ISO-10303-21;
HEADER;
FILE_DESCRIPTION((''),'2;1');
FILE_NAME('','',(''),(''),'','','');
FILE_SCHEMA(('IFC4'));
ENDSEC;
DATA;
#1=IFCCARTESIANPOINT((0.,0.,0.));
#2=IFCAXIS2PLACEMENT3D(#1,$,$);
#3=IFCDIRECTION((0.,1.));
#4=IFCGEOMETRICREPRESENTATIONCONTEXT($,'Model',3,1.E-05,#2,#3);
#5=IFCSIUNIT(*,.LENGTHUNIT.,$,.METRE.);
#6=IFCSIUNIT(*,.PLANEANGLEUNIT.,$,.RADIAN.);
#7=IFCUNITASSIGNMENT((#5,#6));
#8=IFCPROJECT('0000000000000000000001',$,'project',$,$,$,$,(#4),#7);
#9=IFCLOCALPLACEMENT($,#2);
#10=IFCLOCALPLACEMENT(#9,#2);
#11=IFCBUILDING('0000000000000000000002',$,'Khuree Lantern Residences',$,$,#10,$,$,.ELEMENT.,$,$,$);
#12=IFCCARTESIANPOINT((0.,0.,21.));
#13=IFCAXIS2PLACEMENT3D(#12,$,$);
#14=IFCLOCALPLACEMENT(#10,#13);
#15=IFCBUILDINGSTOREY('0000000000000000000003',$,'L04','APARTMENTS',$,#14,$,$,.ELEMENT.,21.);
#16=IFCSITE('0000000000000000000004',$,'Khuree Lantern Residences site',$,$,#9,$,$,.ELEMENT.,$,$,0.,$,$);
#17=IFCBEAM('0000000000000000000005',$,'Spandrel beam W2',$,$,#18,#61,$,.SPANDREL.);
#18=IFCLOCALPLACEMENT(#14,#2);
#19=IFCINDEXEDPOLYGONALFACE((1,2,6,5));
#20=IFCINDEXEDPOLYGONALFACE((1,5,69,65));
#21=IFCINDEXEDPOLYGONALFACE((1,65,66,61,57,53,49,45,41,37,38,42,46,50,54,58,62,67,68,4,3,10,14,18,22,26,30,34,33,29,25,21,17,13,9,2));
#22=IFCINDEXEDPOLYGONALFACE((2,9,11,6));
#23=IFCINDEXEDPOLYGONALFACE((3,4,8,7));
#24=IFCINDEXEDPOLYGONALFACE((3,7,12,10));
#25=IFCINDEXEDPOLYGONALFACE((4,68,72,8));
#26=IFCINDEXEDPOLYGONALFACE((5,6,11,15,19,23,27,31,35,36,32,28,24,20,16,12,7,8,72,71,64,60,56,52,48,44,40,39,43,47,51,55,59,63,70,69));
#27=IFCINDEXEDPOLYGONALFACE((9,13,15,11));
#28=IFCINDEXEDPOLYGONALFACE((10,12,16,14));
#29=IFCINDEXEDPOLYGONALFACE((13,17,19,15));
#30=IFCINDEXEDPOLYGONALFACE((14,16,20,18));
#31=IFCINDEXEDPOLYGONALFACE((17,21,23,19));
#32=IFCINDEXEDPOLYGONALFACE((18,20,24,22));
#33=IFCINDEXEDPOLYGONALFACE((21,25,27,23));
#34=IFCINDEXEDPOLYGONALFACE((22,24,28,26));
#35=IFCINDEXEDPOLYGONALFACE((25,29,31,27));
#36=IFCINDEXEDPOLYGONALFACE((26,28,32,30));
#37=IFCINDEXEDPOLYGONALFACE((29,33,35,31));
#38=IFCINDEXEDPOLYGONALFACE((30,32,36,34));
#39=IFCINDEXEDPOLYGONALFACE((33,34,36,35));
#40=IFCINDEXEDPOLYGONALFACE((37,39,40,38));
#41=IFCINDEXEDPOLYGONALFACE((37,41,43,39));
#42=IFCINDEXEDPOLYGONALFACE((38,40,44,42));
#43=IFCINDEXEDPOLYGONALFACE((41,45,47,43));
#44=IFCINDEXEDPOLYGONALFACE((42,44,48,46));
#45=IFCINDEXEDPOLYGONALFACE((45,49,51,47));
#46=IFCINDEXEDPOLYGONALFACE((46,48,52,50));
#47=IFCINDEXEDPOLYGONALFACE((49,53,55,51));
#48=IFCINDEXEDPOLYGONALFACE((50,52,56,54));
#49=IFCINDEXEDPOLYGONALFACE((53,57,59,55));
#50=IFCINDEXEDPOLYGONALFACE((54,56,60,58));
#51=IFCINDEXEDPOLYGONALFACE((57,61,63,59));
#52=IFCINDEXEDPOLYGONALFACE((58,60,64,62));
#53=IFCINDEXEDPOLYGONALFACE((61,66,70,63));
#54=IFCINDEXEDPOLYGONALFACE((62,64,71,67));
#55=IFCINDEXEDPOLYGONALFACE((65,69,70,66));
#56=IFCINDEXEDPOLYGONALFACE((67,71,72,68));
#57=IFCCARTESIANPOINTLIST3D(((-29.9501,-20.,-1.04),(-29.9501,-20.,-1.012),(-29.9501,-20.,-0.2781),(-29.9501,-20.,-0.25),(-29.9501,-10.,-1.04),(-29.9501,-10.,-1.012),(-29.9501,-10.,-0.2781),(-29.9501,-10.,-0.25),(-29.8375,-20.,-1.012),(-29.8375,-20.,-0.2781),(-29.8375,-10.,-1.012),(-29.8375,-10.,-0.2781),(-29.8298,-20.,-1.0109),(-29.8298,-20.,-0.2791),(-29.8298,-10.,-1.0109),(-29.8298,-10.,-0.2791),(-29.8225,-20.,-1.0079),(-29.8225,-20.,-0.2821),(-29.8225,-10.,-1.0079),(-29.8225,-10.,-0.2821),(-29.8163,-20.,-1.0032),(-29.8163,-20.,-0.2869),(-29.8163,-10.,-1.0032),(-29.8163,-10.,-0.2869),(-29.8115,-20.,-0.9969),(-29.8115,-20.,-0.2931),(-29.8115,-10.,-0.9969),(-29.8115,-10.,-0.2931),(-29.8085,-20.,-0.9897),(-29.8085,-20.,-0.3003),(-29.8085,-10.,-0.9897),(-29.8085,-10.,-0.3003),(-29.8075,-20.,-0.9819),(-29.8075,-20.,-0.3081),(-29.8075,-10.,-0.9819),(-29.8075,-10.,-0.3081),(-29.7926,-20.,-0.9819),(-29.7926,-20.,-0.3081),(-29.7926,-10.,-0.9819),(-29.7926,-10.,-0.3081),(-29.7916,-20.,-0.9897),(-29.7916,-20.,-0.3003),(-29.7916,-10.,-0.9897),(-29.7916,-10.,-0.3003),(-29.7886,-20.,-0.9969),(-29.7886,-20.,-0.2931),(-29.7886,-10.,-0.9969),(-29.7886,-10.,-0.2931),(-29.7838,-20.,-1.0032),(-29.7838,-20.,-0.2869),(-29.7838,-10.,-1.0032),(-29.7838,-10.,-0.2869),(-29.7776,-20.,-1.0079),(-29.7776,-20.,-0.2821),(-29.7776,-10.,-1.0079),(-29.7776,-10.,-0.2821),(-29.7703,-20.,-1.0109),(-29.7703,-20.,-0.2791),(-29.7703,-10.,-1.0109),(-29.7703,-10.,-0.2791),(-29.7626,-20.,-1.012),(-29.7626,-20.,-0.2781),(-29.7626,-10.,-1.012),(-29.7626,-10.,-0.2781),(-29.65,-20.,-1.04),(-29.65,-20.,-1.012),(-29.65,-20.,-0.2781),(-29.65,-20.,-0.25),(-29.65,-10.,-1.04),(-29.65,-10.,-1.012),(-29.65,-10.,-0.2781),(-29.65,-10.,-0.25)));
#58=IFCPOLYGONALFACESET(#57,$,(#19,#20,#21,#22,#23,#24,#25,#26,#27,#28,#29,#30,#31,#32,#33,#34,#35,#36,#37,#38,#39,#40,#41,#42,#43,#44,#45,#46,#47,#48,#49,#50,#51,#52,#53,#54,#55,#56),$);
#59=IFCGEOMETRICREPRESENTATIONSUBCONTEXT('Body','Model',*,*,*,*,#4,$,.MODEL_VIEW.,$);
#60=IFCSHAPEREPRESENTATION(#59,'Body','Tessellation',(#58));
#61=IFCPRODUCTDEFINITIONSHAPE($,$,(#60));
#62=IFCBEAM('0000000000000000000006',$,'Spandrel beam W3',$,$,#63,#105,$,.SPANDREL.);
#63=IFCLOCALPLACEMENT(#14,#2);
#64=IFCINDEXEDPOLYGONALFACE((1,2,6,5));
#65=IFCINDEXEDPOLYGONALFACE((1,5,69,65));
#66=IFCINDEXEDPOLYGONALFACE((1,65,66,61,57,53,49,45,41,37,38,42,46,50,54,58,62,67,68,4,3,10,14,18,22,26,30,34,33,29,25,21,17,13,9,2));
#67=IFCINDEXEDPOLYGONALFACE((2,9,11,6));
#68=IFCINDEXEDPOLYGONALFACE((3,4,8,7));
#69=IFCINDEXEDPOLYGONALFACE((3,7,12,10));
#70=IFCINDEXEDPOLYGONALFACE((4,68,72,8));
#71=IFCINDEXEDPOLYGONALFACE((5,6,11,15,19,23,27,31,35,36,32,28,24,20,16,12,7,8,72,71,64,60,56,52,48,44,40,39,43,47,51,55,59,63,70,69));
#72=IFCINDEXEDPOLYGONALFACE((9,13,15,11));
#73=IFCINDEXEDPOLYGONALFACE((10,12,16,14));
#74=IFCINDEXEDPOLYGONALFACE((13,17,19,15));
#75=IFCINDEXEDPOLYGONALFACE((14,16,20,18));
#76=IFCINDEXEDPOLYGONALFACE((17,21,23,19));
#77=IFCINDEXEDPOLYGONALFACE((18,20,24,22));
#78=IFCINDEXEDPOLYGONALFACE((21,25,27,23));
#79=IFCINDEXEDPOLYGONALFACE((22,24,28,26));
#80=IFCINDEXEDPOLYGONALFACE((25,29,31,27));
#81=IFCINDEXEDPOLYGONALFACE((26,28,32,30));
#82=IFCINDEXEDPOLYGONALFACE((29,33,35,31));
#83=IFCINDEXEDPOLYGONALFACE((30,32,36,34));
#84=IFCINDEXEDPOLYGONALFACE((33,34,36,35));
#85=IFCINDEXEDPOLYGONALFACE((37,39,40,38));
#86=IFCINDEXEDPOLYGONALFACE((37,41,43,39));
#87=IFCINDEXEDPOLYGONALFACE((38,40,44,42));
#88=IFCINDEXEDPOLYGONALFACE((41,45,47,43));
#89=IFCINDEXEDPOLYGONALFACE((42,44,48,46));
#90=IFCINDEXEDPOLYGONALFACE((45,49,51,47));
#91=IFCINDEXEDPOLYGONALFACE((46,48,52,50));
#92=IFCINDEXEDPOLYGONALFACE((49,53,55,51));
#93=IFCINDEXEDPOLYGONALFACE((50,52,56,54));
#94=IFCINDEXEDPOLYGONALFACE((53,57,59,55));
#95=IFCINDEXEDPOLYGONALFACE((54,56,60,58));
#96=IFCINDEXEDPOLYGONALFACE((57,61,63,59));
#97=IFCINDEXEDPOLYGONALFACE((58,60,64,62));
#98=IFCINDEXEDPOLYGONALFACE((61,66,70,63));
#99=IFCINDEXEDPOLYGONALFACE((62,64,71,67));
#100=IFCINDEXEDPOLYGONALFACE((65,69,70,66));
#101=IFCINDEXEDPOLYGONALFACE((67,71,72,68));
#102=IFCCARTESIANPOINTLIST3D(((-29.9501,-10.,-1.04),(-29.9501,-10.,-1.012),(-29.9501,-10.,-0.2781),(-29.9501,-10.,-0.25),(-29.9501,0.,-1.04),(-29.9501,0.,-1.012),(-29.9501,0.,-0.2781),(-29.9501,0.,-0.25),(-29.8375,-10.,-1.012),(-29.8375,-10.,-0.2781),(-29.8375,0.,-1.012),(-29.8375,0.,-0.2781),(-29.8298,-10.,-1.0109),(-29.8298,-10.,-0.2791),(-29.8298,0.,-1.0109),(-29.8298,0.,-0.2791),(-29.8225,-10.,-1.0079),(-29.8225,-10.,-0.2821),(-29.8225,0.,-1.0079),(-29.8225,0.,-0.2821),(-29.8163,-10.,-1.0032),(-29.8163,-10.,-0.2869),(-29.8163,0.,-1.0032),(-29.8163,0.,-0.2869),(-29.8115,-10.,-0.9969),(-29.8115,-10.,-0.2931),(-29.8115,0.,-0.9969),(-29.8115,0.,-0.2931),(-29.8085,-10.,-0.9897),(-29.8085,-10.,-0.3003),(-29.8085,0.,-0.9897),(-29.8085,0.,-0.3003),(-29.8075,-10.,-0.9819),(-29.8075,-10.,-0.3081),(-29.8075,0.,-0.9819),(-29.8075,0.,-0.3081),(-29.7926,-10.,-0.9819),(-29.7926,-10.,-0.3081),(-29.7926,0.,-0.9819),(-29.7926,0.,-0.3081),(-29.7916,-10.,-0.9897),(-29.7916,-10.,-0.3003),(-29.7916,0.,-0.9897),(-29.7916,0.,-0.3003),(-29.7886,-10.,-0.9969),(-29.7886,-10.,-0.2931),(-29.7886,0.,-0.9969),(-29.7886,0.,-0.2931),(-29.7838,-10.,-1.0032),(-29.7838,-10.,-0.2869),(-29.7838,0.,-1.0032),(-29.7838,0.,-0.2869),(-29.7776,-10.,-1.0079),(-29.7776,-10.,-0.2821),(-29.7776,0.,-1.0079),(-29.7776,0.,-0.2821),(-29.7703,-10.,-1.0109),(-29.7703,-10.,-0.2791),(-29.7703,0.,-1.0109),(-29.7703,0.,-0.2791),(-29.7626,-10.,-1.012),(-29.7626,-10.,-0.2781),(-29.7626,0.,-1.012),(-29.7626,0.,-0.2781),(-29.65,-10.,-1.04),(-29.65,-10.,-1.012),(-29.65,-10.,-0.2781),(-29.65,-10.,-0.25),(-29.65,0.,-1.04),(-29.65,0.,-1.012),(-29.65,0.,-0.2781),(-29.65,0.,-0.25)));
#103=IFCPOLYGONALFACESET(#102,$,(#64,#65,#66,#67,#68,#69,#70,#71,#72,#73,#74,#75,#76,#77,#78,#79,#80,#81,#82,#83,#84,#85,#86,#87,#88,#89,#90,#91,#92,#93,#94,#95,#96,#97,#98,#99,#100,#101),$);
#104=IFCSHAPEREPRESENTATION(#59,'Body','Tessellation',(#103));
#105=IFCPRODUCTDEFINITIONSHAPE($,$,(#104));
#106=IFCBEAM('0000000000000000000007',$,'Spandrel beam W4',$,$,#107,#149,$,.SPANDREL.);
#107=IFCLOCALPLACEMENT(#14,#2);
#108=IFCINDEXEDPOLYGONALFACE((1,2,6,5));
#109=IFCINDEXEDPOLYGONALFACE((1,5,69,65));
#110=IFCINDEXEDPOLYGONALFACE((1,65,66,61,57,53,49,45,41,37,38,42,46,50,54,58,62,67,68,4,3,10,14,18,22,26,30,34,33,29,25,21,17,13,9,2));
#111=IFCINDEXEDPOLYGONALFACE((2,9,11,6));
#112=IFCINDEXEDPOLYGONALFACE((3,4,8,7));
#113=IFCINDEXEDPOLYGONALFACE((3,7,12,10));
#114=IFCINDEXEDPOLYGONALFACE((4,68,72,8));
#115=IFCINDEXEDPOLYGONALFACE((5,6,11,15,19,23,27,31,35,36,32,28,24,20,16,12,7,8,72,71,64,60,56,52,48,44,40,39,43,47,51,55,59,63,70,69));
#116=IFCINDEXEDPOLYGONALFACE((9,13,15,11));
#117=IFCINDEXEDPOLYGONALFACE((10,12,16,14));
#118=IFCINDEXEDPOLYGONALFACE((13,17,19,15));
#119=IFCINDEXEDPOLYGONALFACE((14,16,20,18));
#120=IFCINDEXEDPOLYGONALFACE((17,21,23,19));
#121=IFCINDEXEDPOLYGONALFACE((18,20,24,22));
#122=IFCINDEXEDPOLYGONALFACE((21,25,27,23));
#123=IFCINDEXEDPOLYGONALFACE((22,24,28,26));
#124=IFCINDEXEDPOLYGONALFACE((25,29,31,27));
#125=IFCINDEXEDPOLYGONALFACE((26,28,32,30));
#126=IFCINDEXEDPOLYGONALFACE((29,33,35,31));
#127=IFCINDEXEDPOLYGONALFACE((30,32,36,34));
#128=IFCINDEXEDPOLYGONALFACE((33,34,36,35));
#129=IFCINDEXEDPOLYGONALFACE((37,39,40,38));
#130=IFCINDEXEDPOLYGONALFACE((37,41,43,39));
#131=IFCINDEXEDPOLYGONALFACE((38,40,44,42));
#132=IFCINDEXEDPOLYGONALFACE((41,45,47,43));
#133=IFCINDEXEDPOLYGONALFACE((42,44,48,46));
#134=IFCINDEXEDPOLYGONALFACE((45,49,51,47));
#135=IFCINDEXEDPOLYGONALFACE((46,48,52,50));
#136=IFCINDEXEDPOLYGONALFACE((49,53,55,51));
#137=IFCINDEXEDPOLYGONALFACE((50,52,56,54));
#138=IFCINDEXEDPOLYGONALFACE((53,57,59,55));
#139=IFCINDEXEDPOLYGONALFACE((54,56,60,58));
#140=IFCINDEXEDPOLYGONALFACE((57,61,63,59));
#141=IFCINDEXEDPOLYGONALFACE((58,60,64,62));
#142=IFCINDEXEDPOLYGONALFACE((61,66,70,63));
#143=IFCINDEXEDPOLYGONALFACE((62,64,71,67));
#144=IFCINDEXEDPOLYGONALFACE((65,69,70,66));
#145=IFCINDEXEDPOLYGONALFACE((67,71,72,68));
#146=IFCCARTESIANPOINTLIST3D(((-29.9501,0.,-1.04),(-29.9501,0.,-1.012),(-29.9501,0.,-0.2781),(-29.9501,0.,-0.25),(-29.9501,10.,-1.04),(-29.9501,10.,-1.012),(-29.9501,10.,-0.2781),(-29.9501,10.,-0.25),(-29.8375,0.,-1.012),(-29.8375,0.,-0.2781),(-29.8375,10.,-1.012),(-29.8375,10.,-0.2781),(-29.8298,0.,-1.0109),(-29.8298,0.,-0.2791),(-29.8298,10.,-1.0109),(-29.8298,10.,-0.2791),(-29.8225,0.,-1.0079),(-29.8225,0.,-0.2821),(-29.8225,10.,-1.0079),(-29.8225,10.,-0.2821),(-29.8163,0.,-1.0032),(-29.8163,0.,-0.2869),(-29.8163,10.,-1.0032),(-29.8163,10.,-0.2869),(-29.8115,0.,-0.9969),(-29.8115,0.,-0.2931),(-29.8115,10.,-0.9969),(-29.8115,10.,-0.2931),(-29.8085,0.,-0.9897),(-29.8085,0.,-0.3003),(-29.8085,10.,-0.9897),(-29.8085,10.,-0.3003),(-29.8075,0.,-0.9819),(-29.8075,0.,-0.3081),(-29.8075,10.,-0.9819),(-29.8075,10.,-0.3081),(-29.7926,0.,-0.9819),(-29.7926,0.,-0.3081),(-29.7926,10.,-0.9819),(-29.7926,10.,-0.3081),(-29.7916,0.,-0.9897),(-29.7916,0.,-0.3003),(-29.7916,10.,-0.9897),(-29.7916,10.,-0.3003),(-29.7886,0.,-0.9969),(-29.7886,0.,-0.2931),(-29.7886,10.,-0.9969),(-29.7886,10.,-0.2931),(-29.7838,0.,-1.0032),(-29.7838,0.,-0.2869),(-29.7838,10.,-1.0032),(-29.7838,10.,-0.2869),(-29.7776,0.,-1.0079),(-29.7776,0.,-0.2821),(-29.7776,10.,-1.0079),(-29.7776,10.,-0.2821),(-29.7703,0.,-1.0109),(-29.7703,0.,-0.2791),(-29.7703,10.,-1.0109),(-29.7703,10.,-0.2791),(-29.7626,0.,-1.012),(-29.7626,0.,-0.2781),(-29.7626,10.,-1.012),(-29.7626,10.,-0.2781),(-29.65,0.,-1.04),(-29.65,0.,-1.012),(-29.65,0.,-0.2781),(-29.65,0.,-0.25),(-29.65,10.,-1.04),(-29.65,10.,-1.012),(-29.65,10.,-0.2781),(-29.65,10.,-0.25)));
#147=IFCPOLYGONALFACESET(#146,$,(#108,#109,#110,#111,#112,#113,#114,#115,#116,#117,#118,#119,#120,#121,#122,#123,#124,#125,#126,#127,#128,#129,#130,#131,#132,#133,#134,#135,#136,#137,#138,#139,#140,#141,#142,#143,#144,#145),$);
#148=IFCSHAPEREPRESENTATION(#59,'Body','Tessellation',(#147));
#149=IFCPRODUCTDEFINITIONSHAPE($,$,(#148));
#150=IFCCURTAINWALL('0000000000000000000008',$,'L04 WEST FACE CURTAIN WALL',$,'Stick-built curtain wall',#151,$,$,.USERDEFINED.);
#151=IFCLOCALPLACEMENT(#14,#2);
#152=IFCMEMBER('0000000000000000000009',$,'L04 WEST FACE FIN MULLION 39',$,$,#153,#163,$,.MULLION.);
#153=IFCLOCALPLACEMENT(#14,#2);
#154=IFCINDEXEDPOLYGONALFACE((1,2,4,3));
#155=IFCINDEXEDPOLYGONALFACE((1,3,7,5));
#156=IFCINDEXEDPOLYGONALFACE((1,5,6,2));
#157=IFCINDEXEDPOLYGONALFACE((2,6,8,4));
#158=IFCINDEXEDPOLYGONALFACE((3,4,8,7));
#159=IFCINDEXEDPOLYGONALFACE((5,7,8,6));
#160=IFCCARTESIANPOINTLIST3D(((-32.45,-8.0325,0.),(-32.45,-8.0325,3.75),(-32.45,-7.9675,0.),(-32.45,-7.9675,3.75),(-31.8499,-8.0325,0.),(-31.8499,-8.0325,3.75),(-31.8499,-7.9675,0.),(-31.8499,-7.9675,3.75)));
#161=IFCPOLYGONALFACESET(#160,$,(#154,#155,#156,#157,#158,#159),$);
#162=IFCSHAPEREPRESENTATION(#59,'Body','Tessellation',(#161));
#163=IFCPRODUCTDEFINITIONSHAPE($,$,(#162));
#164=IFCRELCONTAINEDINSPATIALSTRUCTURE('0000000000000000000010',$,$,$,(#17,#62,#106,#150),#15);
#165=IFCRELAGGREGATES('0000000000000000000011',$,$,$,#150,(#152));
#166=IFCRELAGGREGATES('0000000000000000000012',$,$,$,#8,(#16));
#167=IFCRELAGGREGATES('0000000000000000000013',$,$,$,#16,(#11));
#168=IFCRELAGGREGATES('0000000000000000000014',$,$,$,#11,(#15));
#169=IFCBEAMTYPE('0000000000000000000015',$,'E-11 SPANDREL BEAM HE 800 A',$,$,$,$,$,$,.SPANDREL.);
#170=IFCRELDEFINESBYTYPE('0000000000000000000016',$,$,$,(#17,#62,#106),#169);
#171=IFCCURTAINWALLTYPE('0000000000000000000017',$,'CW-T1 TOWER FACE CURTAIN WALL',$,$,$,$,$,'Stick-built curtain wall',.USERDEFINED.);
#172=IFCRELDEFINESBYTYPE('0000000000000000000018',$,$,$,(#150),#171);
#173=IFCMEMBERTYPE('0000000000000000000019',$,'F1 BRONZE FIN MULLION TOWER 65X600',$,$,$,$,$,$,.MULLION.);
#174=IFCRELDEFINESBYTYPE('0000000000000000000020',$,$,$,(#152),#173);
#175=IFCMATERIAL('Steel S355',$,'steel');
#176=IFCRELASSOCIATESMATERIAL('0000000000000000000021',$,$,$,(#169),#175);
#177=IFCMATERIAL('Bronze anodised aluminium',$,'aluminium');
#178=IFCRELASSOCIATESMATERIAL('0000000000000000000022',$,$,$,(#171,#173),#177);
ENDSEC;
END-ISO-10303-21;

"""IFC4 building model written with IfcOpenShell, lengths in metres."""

from ifc_helpers import new_model, si_unit, direction, frame, origin, origin_2d, place, context, subcontext, project, spatial, rectangle, i_section, extrude, material, material_profile, profile_set, type_object, element, aggregate, save


model = new_model("IFC4")

# Units and contexts
model_context = context("Model", 3, precision=1e-05, world=origin(), true_north=direction((0.0, 1.0)))
body_context = subcontext(model_context, "Body", "Model", "MODEL_VIEW")
ifc_project = project(units=[si_unit("LENGTHUNIT", "METRE"), si_unit("PLANEANGLEUNIT", "RADIAN")], contexts=[model_context])

# Site, building, storey
site_placement = place(None, origin())
site = spatial("IfcSite", under=ifc_project, at=site_placement, Name="Khuree Lantern Residences site", CompositionType="ELEMENT", RefElevation=0.0)
building_placement = place(site_placement, origin())
building = spatial("IfcBuilding", under=site, at=building_placement, Name="Khuree Lantern Residences", CompositionType="ELEMENT")
storey_placement = place(building_placement, frame((0.0, 0.0, 21.0)))
storey = spatial("IfcBuildingStorey", under=building, at=storey_placement, Name="L04", Description="APARTMENTS", CompositionType="ELEMENT", Elevation=21.0)

# Beams
ifc_material_1 = material(Name="Steel S355", Category="steel")
ifc_material_profile_1 = material_profile(ifc_material_1, i_section(OverallWidth=0.3, OverallDepth=0.79, WebThickness=0.0149, FlangeThickness=0.0281, FilletRadius=0.03, at=origin_2d()), Name="HE 800 A")
ifc_profile_set_1 = profile_set([ifc_material_profile_1], Name="Steel S355")
beam_type_1 = type_object("IfcBeamType", Name="E-11 SPANDREL BEAM HE 800 A", PredefinedType="SPANDREL", material=ifc_profile_set_1)
for number, where, z_axis, x_axis, name in (
    (1, (-29.8, -20.0, -0.645), (0.0, 1.0, 0.0), (-1.0, 0.0, 0.0), "Spandrel beam W2"),
    (2, (-29.8, -10.0, -0.645), (0.0, 1.0, 0.0), (-1.0, 0.0, 0.0), "Spandrel beam W3"),
    (3, (-29.8, 0.0, -0.645), (0.0, 1.0, 0.0), (-1.0, 0.0, 0.0), "Spandrel beam W4"),
):
    element("IfcBeam", number, at=place(storey_placement, frame(where, z_axis=z_axis, x_axis=x_axis)), inside=storey, type_object=beam_type_1, Name=name, PredefinedType="SPANDREL", context=body_context, shape_type="SweptSolid", body=[
        extrude(i_section(OverallWidth=0.3, OverallDepth=0.79, WebThickness=0.0149, FlangeThickness=0.0281, FilletRadius=0.03, at=origin_2d()), origin(), (0.0, 0.0, 1.0), 10.0),
    ])

# Curtain wall, member
ifc_material_2 = material(Name="Bronze anodised aluminium", Category="aluminium")
curtain_wall_type = type_object("IfcCurtainWallType", Name="CW-T1 TOWER FACE CURTAIN WALL", ElementType="Stick-built curtain wall", PredefinedType="USERDEFINED", material=ifc_material_2)
curtain_wall_placement = place(storey_placement, origin())
curtain_wall = element("IfcCurtainWall", 4, at=curtain_wall_placement, inside=storey, type_object=curtain_wall_type, Name="L04 WEST FACE CURTAIN WALL", ObjectType="Stick-built curtain wall", PredefinedType="USERDEFINED")
ifc_material_profile_2 = material_profile(ifc_material_2, rectangle(XDim=0.0649, YDim=0.6001, at=origin_2d()), Name="F1 65X600")
ifc_profile_set_2 = profile_set([ifc_material_profile_2], Name="Bronze anodised aluminium")
member_type_1 = type_object("IfcMemberType", Name="F1 BRONZE FIN MULLION TOWER 65X600", PredefinedType="MULLION", material=ifc_profile_set_2)
member_1_placement = place(storey_placement, frame((-32.1499, -8.0, 0.0), z_axis=(0.0, 0.0, 1.0), x_axis=(0.0, -1.0, 0.0)))
member_1 = element("IfcMember", 5, at=member_1_placement, type_object=member_type_1, Name="L04 WEST FACE FIN MULLION 39", PredefinedType="MULLION", context=body_context, shape_type="SweptSolid", body=[
    extrude(rectangle(XDim=0.0649, YDim=0.6001, at=origin_2d()), origin(), (0.0, 0.0, 1.0), 3.75),
])

aggregate(curtain_wall, [member_1])

save(model, "model.ifc")
